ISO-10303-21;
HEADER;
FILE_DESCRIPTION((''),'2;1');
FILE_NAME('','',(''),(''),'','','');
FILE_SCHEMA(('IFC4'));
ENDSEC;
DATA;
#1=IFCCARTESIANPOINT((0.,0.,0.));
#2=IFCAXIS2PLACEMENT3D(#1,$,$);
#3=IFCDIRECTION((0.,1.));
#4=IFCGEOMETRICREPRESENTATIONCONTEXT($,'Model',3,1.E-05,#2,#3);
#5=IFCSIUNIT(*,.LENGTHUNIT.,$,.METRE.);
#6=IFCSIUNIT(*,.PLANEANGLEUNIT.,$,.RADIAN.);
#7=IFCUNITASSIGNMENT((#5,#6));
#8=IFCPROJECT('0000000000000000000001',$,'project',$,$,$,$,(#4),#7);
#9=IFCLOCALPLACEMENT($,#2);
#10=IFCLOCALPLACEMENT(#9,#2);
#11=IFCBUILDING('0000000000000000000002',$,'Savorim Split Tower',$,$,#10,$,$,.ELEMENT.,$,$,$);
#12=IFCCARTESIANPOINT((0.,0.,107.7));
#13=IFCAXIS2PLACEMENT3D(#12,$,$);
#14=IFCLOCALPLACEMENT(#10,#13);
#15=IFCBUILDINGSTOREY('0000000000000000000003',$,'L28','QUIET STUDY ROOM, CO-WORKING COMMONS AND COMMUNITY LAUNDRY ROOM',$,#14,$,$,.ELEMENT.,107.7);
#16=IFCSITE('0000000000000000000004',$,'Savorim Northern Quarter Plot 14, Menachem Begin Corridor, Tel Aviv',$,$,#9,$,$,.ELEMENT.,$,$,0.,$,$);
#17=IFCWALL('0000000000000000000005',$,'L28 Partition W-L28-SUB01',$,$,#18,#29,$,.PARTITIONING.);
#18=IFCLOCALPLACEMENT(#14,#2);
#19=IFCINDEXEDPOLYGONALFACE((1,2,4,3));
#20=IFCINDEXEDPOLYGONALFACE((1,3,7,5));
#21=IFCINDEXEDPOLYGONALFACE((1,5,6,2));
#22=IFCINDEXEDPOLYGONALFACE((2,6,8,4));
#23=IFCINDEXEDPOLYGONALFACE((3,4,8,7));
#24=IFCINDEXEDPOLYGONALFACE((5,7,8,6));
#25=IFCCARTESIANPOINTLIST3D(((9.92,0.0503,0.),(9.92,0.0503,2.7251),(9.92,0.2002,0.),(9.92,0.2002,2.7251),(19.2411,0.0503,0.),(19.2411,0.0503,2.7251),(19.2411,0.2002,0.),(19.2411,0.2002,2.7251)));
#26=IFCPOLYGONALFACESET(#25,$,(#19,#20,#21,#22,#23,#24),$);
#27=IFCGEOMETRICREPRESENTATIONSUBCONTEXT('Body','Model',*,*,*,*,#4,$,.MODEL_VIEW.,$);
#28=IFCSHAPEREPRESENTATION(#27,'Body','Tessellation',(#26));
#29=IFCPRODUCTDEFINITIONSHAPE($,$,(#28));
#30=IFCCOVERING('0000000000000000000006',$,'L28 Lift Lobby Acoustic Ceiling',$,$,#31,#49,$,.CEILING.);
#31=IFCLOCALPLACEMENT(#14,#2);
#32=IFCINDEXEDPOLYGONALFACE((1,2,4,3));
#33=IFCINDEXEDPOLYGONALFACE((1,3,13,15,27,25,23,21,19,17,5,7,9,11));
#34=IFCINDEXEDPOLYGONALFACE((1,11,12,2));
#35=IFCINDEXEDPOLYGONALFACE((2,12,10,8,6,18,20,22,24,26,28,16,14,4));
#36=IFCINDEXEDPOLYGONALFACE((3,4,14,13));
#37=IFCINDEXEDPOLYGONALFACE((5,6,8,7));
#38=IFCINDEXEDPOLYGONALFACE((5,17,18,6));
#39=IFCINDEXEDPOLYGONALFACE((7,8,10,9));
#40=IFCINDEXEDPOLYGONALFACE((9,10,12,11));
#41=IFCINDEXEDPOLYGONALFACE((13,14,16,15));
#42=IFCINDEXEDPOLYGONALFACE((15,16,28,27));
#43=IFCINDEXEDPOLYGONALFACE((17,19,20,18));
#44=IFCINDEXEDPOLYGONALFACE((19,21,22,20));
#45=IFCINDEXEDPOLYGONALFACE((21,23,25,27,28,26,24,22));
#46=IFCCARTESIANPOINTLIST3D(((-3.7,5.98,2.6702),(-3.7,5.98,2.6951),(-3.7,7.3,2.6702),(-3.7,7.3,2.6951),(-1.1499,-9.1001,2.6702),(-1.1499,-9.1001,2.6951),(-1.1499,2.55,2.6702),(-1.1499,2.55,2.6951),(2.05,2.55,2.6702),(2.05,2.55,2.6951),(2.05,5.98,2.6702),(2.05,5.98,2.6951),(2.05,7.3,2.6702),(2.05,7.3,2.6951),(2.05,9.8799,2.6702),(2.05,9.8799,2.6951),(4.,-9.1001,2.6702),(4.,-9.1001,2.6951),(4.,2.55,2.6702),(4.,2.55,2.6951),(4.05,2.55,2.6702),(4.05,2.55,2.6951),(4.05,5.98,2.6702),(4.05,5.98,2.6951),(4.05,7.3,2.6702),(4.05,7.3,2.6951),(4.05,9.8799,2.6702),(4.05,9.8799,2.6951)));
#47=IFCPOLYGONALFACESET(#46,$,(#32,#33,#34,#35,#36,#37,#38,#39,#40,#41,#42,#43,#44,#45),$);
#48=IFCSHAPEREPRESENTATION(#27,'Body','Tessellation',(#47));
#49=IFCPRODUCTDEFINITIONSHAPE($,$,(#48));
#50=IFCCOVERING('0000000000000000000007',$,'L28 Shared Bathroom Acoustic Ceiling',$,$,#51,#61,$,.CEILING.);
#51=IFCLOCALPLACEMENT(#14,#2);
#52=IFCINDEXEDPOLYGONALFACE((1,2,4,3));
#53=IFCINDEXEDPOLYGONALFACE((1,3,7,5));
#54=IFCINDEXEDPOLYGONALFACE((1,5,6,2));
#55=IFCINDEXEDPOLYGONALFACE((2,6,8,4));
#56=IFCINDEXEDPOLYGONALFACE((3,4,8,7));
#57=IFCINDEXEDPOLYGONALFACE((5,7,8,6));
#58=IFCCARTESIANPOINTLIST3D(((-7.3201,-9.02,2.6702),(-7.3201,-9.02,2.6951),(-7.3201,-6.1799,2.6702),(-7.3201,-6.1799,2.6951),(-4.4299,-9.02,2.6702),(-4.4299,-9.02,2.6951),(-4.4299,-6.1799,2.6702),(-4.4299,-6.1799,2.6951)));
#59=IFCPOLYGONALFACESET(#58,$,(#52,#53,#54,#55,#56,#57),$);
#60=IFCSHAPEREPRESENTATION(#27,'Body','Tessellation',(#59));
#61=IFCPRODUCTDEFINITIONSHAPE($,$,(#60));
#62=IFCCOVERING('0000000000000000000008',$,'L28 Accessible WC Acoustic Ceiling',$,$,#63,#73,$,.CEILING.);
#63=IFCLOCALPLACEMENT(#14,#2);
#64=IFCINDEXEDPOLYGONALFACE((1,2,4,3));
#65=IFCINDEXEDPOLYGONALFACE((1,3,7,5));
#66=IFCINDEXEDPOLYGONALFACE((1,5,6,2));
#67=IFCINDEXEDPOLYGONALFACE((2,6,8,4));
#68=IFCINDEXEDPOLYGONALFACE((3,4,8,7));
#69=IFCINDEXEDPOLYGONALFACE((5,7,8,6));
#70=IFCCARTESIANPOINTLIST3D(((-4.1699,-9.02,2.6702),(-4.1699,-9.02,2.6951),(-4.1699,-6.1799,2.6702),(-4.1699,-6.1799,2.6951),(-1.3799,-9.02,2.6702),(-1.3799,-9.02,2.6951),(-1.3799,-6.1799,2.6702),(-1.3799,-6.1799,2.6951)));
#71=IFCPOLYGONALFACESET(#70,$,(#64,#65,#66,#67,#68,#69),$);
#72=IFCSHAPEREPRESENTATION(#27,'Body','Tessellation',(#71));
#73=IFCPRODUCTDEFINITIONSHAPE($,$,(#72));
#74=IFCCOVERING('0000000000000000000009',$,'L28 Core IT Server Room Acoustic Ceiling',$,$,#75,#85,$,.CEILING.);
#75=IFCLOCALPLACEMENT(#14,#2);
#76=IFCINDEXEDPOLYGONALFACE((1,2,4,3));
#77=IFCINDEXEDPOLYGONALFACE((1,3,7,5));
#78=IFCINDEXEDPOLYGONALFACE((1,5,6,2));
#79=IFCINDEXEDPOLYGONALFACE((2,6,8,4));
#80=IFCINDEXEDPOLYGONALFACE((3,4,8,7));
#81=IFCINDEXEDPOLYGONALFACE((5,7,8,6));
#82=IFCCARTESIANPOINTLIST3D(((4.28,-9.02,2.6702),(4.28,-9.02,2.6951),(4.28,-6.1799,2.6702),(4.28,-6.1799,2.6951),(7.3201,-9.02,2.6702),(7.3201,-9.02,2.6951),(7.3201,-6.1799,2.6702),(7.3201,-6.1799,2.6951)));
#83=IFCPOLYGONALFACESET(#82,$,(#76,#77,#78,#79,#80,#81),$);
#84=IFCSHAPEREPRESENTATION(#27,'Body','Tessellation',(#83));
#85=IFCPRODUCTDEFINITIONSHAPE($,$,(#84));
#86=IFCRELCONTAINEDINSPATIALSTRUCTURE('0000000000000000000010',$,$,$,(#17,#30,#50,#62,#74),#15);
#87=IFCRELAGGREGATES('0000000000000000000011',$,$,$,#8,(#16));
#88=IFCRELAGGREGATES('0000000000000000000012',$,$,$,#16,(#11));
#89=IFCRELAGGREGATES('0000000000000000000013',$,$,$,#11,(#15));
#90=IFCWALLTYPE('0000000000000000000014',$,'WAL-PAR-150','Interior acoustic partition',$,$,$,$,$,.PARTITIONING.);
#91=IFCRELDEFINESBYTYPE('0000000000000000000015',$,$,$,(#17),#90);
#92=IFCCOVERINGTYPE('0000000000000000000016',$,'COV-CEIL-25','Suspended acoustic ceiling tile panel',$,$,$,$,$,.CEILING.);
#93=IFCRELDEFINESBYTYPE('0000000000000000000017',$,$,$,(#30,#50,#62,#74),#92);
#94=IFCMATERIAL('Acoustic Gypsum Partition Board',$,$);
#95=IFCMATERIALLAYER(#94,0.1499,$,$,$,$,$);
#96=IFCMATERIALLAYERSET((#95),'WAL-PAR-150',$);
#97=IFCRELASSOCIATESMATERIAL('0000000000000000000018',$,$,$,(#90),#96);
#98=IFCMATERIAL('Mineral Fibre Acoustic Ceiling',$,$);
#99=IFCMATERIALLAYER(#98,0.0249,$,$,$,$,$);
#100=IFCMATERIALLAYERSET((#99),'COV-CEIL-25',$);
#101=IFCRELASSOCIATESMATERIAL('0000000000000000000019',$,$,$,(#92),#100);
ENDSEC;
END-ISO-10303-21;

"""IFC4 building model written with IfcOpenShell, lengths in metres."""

from ifc_helpers import new_model, si_unit, direction, frame, frame_2d, origin, place, context, subcontext, project, spatial, polyline, rectangle, outline, extrude, material, layer, layer_set, type_object, element, save


model = new_model("IFC4")

# Units and contexts
model_context = context("Model", 3, precision=1e-05, world=origin(), true_north=direction((0.0, 1.0)))
body_context = subcontext(model_context, "Body", "Model", "MODEL_VIEW")
ifc_project = project(units=[si_unit("LENGTHUNIT", "METRE"), si_unit("PLANEANGLEUNIT", "RADIAN")], contexts=[model_context])

# Site, building, storey
site_placement = place(None, origin())
site = spatial("IfcSite", under=ifc_project, at=site_placement, Name="Savorim Northern Quarter Plot 14, Menachem Begin Corridor, Tel Aviv", CompositionType="ELEMENT", RefElevation=0.0)
building_placement = place(site_placement, origin())
building = spatial("IfcBuilding", under=site, at=building_placement, Name="Savorim Split Tower", CompositionType="ELEMENT")
storey_placement = place(building_placement, frame((0.0, 0.0, 107.7)))
storey = spatial("IfcBuildingStorey", under=building, at=storey_placement, Name="L28", Description="QUIET STUDY ROOM, CO-WORKING COMMONS AND COMMUNITY LAUNDRY ROOM", CompositionType="ELEMENT", Elevation=107.7)

# Wall
ifc_material_1 = material(Name="Acoustic Gypsum Partition Board")
ifc_layer_1 = layer(ifc_material_1, 0.1499)
ifc_layer_set_1 = layer_set([ifc_layer_1], Name="WAL-PAR-150")
wall_type = type_object("IfcWallType", Name="WAL-PAR-150", Description="Interior acoustic partition", PredefinedType="PARTITIONING", material=ifc_layer_set_1)
wall_placement = place(storey_placement, frame((9.9199, 0.1252, 0.0), z_axis=(0.0, 0.0, 1.0), x_axis=(1.0, 0.0, 0.0)))
element("IfcWall", 1, at=wall_placement, inside=storey, type_object=wall_type, Name="L28 Partition W-L28-SUB01", PredefinedType="PARTITIONING", context=body_context, shape_type="SweptSolid", body=[
    extrude(rectangle(XDim=9.321, YDim=0.1499, at=frame_2d((4.6606, 0.0))), origin(), (0.0, 0.0, 1.0), 2.7251),
])

# Coverings
ifc_material_2 = material(Name="Mineral Fibre Acoustic Ceiling")
ifc_layer_2 = layer(ifc_material_2, 0.0249)
ifc_layer_set_2 = layer_set([ifc_layer_2], Name="COV-CEIL-25")
covering_type_1 = type_object("IfcCoveringType", Name="COV-CEIL-25", Description="Suspended acoustic ceiling tile panel", PredefinedType="CEILING", material=ifc_layer_set_2)
covering_1_placement = place(storey_placement, frame((0.0, 0.0, 2.6702)))
element("IfcCovering", 2, at=covering_1_placement, inside=storey, type_object=covering_type_1, Name="L28 Lift Lobby Acoustic Ceiling", PredefinedType="CEILING", context=body_context, shape_type="SweptSolid", body=[
    extrude(outline(polyline([(2.05, 2.55), (-1.1499, 2.55), (-1.1499, -9.1001), (4.0, -9.1001), (4.0, 2.55), (4.05, 2.55), (4.05, 5.98), (4.05, 7.3), (4.05, 9.8799), (2.05, 9.8799), (2.05, 7.3), (-3.7, 7.3), (-3.7, 5.98), (2.05, 5.98), (2.05, 2.55)])), origin(), (0.0, 0.0, 1.0), 0.0249),
])
covering_2_placement = place(storey_placement, frame((0.0, 0.0, 2.6702)))
element("IfcCovering", 3, at=covering_2_placement, inside=storey, type_object=covering_type_1, Name="L28 Shared Bathroom Acoustic Ceiling", PredefinedType="CEILING", context=body_context, shape_type="SweptSolid", body=[
    extrude(outline(polyline([(-7.3201, -6.1799), (-7.3201, -9.02), (-4.4299, -9.02), (-4.4299, -6.1799), (-7.3201, -6.1799)])), origin(), (0.0, 0.0, 1.0), 0.0249),
])
covering_3_placement = place(storey_placement, frame((0.0, 0.0, 2.6702)))
element("IfcCovering", 4, at=covering_3_placement, inside=storey, type_object=covering_type_1, Name="L28 Accessible WC Acoustic Ceiling", PredefinedType="CEILING", context=body_context, shape_type="SweptSolid", body=[
    extrude(outline(polyline([(-4.1699, -6.1799), (-4.1699, -9.02), (-1.3799, -9.02), (-1.3799, -6.1799), (-4.1699, -6.1799)])), origin(), (0.0, 0.0, 1.0), 0.0249),
])
covering_4_placement = place(storey_placement, frame((0.0, 0.0, 2.6702)))
element("IfcCovering", 5, at=covering_4_placement, inside=storey, type_object=covering_type_1, Name="L28 Core IT Server Room Acoustic Ceiling", PredefinedType="CEILING", context=body_context, shape_type="SweptSolid", body=[
    extrude(outline(polyline([(4.28, -6.1799), (4.28, -9.02), (7.3201, -9.02), (7.3201, -6.1799), (4.28, -6.1799)])), origin(), (0.0, 0.0, 1.0), 0.0249),
])

save(model, "model.ifc")
